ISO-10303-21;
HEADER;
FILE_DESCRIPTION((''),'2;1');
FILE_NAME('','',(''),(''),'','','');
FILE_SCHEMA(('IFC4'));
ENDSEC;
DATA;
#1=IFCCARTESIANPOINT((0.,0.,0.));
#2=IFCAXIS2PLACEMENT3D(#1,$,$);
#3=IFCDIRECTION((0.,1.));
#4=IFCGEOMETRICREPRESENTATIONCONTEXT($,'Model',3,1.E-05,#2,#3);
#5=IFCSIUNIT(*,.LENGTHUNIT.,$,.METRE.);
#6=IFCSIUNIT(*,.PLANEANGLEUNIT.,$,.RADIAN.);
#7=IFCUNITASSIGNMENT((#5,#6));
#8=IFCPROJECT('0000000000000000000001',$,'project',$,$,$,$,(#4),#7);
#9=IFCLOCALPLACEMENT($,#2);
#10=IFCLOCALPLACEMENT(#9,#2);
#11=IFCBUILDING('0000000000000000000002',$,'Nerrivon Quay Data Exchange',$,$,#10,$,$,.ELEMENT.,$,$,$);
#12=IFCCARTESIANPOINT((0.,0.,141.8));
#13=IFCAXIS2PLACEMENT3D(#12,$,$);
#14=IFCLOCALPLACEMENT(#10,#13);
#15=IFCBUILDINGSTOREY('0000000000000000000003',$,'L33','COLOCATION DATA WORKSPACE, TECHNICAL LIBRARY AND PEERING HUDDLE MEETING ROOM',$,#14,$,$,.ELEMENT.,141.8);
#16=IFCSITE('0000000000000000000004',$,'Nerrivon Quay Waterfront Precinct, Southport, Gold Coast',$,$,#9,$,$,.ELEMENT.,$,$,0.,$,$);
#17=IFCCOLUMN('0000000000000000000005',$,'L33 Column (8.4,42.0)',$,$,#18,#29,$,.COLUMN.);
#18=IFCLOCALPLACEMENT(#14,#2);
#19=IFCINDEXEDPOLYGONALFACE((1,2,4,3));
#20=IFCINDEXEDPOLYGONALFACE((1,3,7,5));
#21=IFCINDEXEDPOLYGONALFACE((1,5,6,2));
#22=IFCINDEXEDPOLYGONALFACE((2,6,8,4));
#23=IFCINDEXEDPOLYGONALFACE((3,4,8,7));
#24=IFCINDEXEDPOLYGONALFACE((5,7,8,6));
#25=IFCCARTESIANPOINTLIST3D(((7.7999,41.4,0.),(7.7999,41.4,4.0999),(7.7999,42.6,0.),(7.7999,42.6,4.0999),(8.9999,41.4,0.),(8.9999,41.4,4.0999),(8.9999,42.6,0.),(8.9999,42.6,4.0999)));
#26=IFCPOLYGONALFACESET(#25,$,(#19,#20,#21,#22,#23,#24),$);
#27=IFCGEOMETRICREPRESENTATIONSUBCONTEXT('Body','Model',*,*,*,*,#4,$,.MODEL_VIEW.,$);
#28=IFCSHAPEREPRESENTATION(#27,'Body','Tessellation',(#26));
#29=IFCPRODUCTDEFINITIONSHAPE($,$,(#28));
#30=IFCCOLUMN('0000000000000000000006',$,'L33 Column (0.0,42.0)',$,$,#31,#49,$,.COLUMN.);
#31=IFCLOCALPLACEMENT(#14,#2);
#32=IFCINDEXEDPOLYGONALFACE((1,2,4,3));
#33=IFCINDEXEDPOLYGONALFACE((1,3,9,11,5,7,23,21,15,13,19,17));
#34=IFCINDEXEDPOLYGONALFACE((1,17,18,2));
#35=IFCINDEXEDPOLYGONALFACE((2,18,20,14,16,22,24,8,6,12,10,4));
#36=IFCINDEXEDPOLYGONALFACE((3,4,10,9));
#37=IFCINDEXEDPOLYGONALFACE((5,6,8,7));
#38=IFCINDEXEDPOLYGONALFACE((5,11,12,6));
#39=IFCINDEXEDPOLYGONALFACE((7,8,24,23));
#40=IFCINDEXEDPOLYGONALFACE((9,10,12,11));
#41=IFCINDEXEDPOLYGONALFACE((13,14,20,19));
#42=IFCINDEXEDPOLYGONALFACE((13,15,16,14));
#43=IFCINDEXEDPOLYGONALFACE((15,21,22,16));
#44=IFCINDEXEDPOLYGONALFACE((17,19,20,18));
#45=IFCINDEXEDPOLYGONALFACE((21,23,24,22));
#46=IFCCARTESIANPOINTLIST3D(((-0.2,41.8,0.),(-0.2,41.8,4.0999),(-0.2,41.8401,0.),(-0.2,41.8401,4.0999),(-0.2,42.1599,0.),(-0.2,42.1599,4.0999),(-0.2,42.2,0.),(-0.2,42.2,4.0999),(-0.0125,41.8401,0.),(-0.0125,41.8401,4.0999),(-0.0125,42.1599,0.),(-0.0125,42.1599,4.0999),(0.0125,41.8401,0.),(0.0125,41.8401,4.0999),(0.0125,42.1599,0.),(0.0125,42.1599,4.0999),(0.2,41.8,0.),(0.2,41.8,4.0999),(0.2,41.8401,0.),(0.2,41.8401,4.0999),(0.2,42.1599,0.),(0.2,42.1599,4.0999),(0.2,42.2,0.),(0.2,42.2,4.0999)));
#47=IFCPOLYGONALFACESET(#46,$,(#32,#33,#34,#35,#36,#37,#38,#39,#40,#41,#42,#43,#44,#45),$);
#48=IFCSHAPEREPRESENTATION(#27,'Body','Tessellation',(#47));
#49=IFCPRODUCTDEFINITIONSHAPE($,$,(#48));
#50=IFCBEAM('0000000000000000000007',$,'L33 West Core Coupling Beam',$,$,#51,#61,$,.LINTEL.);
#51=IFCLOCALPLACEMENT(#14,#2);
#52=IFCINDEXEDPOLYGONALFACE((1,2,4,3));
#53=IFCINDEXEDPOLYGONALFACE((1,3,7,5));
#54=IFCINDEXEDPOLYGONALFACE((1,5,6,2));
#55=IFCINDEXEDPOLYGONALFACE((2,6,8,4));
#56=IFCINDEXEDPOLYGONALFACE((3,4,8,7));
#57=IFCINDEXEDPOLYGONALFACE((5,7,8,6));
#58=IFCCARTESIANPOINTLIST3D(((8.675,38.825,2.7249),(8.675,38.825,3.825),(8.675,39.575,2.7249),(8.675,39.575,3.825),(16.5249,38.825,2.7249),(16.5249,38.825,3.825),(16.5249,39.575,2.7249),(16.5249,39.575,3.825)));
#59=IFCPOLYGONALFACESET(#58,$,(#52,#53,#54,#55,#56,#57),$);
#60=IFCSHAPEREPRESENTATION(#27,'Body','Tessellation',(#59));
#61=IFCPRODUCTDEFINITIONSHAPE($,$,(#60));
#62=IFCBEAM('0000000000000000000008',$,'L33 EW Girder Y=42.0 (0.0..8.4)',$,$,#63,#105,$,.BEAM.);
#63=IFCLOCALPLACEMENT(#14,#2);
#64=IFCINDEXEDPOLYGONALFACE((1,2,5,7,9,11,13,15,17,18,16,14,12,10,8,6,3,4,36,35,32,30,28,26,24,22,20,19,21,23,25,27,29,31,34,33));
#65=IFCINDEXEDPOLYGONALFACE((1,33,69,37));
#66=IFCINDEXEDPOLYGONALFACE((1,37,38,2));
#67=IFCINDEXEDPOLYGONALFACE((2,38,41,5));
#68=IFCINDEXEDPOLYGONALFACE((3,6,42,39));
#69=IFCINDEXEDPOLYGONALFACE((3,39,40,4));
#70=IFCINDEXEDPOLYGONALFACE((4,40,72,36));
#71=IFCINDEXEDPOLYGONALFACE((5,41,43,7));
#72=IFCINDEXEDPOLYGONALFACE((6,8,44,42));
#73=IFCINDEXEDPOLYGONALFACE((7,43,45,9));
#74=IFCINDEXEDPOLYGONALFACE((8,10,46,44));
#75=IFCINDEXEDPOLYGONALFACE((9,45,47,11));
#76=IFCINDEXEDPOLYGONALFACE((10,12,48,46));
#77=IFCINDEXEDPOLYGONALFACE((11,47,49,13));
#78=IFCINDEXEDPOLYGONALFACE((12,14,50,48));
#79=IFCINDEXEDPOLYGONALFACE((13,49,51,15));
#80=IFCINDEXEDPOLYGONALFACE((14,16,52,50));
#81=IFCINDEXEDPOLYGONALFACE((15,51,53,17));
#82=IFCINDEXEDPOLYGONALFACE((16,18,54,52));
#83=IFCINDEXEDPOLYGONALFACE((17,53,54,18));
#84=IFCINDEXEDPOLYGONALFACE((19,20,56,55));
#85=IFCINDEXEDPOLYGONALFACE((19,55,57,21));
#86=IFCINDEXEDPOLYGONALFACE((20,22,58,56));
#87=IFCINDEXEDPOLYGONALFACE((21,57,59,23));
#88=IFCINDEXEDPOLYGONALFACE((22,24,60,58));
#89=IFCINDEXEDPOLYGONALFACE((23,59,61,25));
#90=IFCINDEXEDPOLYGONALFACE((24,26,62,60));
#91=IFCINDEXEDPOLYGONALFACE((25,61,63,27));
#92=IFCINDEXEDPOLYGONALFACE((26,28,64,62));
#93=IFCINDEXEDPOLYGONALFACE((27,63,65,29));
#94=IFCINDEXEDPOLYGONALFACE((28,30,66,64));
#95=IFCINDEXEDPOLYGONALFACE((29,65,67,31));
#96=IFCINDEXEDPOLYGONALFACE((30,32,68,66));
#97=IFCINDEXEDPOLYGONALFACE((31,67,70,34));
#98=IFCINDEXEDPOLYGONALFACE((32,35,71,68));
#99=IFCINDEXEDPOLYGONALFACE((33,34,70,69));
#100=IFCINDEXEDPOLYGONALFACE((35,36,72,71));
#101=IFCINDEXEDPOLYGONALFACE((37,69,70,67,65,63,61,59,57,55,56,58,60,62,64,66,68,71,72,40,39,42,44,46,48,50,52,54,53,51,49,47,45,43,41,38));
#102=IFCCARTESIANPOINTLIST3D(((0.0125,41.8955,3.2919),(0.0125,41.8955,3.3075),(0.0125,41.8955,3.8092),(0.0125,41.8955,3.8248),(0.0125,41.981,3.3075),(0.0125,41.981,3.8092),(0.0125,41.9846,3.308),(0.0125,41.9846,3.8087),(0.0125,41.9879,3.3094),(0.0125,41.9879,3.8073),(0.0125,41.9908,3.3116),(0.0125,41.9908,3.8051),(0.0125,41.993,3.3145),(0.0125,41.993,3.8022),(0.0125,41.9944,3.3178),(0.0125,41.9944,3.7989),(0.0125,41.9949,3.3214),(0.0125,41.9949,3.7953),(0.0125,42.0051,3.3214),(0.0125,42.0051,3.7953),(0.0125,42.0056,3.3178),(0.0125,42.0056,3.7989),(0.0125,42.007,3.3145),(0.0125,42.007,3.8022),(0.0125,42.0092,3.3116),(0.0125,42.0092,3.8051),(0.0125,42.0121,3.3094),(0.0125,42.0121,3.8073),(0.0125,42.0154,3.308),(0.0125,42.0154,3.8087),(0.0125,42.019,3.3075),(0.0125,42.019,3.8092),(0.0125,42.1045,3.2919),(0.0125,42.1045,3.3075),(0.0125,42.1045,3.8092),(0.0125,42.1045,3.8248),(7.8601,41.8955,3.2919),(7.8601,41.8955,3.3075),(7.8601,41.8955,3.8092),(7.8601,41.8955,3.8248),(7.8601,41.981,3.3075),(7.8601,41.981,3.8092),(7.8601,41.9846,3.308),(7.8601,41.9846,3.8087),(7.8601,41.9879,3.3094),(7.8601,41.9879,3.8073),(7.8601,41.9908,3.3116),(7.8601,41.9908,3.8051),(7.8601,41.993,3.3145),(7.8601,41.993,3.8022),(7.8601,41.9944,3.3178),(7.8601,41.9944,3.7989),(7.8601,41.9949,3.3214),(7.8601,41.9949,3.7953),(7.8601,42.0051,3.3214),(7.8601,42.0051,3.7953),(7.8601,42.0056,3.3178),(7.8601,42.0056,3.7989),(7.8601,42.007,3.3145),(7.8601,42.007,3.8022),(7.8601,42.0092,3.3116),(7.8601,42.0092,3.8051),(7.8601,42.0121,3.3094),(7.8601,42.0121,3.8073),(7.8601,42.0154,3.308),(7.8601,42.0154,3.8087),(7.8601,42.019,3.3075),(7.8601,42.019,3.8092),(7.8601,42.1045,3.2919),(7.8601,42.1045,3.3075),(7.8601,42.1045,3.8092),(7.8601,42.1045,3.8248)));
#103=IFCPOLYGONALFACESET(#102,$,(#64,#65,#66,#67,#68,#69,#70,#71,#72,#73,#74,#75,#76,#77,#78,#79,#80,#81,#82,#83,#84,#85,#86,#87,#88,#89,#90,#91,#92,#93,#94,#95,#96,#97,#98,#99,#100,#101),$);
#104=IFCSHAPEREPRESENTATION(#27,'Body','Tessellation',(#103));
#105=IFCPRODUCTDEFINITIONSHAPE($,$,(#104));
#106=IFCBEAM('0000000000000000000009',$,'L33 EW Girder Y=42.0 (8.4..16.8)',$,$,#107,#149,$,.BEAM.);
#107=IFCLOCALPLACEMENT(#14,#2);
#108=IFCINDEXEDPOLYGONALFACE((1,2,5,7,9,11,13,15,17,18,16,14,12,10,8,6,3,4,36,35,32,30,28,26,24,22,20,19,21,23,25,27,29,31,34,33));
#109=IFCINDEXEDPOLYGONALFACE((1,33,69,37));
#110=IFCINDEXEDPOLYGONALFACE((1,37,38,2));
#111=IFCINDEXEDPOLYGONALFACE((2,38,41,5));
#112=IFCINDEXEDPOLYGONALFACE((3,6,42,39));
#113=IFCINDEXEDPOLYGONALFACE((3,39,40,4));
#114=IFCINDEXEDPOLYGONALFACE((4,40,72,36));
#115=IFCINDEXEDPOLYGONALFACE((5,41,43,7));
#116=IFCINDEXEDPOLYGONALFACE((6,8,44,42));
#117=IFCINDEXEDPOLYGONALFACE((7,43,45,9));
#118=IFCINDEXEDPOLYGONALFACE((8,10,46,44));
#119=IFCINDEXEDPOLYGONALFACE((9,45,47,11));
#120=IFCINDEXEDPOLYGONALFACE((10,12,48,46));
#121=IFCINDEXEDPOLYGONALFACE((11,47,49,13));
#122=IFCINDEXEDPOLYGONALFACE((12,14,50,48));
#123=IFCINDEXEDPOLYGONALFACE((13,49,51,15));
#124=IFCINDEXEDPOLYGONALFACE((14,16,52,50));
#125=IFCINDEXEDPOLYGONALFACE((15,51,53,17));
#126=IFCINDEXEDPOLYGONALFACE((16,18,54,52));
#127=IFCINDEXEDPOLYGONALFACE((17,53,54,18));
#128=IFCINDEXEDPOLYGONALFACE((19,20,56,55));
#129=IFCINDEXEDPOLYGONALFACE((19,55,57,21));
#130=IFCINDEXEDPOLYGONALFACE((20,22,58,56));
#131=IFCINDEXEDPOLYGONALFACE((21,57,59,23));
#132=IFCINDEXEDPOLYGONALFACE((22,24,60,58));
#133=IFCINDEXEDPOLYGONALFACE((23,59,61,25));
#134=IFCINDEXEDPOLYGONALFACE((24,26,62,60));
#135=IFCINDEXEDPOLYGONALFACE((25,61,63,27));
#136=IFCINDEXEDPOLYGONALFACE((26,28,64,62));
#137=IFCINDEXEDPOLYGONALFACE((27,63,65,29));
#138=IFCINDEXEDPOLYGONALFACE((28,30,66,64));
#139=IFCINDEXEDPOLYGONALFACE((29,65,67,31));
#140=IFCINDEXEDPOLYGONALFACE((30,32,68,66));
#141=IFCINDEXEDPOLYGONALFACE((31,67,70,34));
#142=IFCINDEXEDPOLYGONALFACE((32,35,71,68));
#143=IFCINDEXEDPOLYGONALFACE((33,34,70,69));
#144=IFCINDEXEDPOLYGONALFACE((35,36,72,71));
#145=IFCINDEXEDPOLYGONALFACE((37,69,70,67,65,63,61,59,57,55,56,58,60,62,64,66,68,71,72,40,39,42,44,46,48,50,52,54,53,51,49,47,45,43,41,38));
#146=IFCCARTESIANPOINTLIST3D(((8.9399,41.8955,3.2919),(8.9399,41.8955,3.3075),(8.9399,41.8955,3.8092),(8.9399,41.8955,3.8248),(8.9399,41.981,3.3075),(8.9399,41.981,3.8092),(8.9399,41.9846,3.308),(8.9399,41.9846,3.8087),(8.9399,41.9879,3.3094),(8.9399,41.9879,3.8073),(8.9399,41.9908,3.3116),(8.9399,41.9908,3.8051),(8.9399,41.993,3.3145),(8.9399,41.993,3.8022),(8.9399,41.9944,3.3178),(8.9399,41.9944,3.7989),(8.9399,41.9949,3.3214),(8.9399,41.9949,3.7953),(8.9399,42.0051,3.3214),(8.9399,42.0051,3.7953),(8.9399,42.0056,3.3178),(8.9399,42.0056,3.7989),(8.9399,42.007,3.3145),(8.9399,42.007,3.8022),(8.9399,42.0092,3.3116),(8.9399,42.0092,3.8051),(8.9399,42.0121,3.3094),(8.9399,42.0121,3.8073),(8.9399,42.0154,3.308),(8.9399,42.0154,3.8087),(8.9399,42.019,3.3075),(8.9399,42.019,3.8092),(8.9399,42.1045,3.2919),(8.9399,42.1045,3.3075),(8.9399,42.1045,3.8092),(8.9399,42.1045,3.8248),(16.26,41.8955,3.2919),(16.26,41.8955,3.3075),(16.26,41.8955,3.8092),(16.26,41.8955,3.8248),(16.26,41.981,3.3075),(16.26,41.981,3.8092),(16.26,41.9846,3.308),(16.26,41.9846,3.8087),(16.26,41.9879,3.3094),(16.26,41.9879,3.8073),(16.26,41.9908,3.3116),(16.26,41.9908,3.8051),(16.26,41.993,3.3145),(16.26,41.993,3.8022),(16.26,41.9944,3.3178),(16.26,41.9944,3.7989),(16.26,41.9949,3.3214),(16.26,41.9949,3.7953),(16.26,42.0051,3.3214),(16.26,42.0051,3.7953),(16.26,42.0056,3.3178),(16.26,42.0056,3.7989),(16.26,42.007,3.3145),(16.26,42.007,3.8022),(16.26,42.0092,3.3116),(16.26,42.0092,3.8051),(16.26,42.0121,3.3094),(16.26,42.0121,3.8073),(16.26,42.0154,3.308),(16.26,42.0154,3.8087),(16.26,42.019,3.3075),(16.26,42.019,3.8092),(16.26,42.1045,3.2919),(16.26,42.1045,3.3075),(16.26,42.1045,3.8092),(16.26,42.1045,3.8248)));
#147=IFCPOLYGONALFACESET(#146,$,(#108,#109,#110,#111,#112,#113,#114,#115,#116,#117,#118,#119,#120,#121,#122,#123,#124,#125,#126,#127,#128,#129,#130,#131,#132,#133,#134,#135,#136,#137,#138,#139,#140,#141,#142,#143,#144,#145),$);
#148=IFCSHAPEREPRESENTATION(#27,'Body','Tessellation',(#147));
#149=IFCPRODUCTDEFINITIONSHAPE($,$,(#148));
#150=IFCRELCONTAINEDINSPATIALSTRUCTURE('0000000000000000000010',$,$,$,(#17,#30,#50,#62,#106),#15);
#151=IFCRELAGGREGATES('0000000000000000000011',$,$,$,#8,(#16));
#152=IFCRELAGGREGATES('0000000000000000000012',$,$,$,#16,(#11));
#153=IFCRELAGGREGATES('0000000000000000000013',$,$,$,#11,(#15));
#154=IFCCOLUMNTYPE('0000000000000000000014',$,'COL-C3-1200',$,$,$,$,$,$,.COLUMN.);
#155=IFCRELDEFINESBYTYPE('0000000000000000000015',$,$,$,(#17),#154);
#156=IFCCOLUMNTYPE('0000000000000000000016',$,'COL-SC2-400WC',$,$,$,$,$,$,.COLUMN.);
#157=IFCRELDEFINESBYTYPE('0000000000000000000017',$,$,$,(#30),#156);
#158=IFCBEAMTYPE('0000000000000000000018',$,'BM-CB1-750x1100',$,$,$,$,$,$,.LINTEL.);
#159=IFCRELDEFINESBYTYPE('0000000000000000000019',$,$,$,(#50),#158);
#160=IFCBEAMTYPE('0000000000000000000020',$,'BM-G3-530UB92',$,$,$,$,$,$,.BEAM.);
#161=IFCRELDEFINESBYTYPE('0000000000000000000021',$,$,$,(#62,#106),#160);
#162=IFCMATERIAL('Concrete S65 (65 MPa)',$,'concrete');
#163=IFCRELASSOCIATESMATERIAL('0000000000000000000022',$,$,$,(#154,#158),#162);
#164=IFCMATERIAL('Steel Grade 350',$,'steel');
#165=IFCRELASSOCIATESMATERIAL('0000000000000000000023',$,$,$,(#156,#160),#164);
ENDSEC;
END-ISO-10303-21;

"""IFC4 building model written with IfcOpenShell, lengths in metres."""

from ifc_helpers import new_model, si_unit, direction, frame, origin, origin_2d, place, context, subcontext, project, spatial, rectangle, i_section, extrude, material, material_profile, profile_set, type_object, element, save


model = new_model("IFC4")

# Units and contexts
model_context = context("Model", 3, precision=1e-05, world=origin(), true_north=direction((0.0, 1.0)))
body_context = subcontext(model_context, "Body", "Model", "MODEL_VIEW")
ifc_project = project(units=[si_unit("LENGTHUNIT", "METRE"), si_unit("PLANEANGLEUNIT", "RADIAN")], contexts=[model_context])

# Site, building, storey
site_placement = place(None, origin())
site = spatial("IfcSite", under=ifc_project, at=site_placement, Name="Nerrivon Quay Waterfront Precinct, Southport, Gold Coast", CompositionType="ELEMENT", RefElevation=0.0)
building_placement = place(site_placement, origin())
building = spatial("IfcBuilding", under=site, at=building_placement, Name="Nerrivon Quay Data Exchange", CompositionType="ELEMENT")
storey_placement = place(building_placement, frame((0.0, 0.0, 141.8)))
storey = spatial("IfcBuildingStorey", under=building, at=storey_placement, Name="L33", Description="COLOCATION DATA WORKSPACE, TECHNICAL LIBRARY AND PEERING HUDDLE MEETING ROOM", CompositionType="ELEMENT", Elevation=141.8)

# Columns
ifc_material_1 = material(Name="Concrete S65 (65 MPa)", Category="concrete")
ifc_material_profile_1 = material_profile(ifc_material_1, rectangle(XDim=1.2, YDim=1.2, at=origin_2d()), Name="RC-COL-1200x1200")
ifc_profile_set_1 = profile_set([ifc_material_profile_1], Name="Concrete S65 (65 MPa)")
column_type_1 = type_object("IfcColumnType", Name="COL-C3-1200", PredefinedType="COLUMN", material=ifc_profile_set_1)
column_1_placement = place(storey_placement, frame((8.3999, 42.0, 0.0), z_axis=(0.0, 0.0, 1.0), x_axis=(1.0, 0.0, 0.0)))
element("IfcColumn", 1, at=column_1_placement, inside=storey, type_object=column_type_1, Name="L33 Column (8.4,42.0)", PredefinedType="COLUMN", context=body_context, shape_type="SweptSolid", body=[
    extrude(rectangle(XDim=1.2, YDim=1.2, at=origin_2d()), origin(), (0.0, 0.0, 1.0), 4.0999),
])
ifc_material_2 = material(Name="Steel Grade 350", Category="steel")
ifc_material_profile_2 = material_profile(ifc_material_2, i_section(OverallWidth=0.3999, OverallDepth=0.3999, WebThickness=0.0249, FlangeThickness=0.04, at=origin_2d()), Name="400WC328")
ifc_profile_set_2 = profile_set([ifc_material_profile_2], Name="Steel Grade 350")
column_type_2 = type_object("IfcColumnType", Name="COL-SC2-400WC", PredefinedType="COLUMN", material=ifc_profile_set_2)
column_2_placement = place(storey_placement, frame((0.0, 42.0, 0.0), z_axis=(0.0, 0.0, 1.0), x_axis=(1.0, 0.0, 0.0)))
element("IfcColumn", 2, at=column_2_placement, inside=storey, type_object=column_type_2, Name="L33 Column (0.0,42.0)", PredefinedType="COLUMN", context=body_context, shape_type="SweptSolid", body=[
    extrude(i_section(OverallWidth=0.3999, OverallDepth=0.3999, WebThickness=0.0249, FlangeThickness=0.04, at=origin_2d()), origin(), (0.0, 0.0, 1.0), 4.0999),
])

# Beams
ifc_material_profile_3 = material_profile(ifc_material_1, rectangle(XDim=0.75, YDim=1.1001, at=origin_2d()), Name="RC-CB-750x1100")
ifc_profile_set_3 = profile_set([ifc_material_profile_3], Name="Concrete S65 (65 MPa)")
beam_type_1 = type_object("IfcBeamType", Name="BM-CB1-750x1100", PredefinedType="LINTEL", material=ifc_profile_set_3)
beam_1_placement = place(storey_placement, frame((8.675, 39.2, 3.2749), z_axis=(1.0, 0.0, 0.0), x_axis=(0.0, 1.0, 0.0)))
element("IfcBeam", 3, at=beam_1_placement, inside=storey, type_object=beam_type_1, Name="L33 West Core Coupling Beam", PredefinedType="LINTEL", context=body_context, shape_type="SweptSolid", body=[
    extrude(rectangle(XDim=0.75, YDim=1.1001, at=origin_2d()), origin(), (0.0, 0.0, 1.0), 7.8499),
])
ifc_material_profile_4 = material_profile(ifc_material_2, i_section(OverallWidth=0.209, OverallDepth=0.533, WebThickness=0.0103, FlangeThickness=0.0156, FilletRadius=0.0139, at=origin_2d()), Name="530UB92.4")
ifc_profile_set_4 = profile_set([ifc_material_profile_4], Name="Steel Grade 350")
beam_type_2 = type_object("IfcBeamType", Name="BM-G3-530UB92", PredefinedType="BEAM", material=ifc_profile_set_4)
beam_2_placement = place(storey_placement, frame((0.0125, 42.0, 3.5583), z_axis=(1.0, 0.0, 0.0), x_axis=(0.0, 1.0, 0.0)))
element("IfcBeam", 4, at=beam_2_placement, inside=storey, type_object=beam_type_2, Name="L33 EW Girder Y=42.0 (0.0..8.4)", PredefinedType="BEAM", context=body_context, shape_type="SweptSolid", body=[
    extrude(i_section(OverallWidth=0.209, OverallDepth=0.533, WebThickness=0.0103, FlangeThickness=0.0156, FilletRadius=0.0139, at=origin_2d()), origin(), (0.0, 0.0, 1.0), 7.8477),
])
beam_3_placement = place(storey_placement, frame((8.9399, 42.0, 3.5583), z_axis=(1.0, 0.0, 0.0), x_axis=(0.0, 1.0, 0.0)))
element("IfcBeam", 5, at=beam_3_placement, inside=storey, type_object=beam_type_2, Name="L33 EW Girder Y=42.0 (8.4..16.8)", PredefinedType="BEAM", context=body_context, shape_type="SweptSolid", body=[
    extrude(i_section(OverallWidth=0.209, OverallDepth=0.533, WebThickness=0.0103, FlangeThickness=0.0156, FilletRadius=0.0139, at=origin_2d()), origin(), (0.0, 0.0, 1.0), 7.3201),
])

save(model, "model.ifc")
